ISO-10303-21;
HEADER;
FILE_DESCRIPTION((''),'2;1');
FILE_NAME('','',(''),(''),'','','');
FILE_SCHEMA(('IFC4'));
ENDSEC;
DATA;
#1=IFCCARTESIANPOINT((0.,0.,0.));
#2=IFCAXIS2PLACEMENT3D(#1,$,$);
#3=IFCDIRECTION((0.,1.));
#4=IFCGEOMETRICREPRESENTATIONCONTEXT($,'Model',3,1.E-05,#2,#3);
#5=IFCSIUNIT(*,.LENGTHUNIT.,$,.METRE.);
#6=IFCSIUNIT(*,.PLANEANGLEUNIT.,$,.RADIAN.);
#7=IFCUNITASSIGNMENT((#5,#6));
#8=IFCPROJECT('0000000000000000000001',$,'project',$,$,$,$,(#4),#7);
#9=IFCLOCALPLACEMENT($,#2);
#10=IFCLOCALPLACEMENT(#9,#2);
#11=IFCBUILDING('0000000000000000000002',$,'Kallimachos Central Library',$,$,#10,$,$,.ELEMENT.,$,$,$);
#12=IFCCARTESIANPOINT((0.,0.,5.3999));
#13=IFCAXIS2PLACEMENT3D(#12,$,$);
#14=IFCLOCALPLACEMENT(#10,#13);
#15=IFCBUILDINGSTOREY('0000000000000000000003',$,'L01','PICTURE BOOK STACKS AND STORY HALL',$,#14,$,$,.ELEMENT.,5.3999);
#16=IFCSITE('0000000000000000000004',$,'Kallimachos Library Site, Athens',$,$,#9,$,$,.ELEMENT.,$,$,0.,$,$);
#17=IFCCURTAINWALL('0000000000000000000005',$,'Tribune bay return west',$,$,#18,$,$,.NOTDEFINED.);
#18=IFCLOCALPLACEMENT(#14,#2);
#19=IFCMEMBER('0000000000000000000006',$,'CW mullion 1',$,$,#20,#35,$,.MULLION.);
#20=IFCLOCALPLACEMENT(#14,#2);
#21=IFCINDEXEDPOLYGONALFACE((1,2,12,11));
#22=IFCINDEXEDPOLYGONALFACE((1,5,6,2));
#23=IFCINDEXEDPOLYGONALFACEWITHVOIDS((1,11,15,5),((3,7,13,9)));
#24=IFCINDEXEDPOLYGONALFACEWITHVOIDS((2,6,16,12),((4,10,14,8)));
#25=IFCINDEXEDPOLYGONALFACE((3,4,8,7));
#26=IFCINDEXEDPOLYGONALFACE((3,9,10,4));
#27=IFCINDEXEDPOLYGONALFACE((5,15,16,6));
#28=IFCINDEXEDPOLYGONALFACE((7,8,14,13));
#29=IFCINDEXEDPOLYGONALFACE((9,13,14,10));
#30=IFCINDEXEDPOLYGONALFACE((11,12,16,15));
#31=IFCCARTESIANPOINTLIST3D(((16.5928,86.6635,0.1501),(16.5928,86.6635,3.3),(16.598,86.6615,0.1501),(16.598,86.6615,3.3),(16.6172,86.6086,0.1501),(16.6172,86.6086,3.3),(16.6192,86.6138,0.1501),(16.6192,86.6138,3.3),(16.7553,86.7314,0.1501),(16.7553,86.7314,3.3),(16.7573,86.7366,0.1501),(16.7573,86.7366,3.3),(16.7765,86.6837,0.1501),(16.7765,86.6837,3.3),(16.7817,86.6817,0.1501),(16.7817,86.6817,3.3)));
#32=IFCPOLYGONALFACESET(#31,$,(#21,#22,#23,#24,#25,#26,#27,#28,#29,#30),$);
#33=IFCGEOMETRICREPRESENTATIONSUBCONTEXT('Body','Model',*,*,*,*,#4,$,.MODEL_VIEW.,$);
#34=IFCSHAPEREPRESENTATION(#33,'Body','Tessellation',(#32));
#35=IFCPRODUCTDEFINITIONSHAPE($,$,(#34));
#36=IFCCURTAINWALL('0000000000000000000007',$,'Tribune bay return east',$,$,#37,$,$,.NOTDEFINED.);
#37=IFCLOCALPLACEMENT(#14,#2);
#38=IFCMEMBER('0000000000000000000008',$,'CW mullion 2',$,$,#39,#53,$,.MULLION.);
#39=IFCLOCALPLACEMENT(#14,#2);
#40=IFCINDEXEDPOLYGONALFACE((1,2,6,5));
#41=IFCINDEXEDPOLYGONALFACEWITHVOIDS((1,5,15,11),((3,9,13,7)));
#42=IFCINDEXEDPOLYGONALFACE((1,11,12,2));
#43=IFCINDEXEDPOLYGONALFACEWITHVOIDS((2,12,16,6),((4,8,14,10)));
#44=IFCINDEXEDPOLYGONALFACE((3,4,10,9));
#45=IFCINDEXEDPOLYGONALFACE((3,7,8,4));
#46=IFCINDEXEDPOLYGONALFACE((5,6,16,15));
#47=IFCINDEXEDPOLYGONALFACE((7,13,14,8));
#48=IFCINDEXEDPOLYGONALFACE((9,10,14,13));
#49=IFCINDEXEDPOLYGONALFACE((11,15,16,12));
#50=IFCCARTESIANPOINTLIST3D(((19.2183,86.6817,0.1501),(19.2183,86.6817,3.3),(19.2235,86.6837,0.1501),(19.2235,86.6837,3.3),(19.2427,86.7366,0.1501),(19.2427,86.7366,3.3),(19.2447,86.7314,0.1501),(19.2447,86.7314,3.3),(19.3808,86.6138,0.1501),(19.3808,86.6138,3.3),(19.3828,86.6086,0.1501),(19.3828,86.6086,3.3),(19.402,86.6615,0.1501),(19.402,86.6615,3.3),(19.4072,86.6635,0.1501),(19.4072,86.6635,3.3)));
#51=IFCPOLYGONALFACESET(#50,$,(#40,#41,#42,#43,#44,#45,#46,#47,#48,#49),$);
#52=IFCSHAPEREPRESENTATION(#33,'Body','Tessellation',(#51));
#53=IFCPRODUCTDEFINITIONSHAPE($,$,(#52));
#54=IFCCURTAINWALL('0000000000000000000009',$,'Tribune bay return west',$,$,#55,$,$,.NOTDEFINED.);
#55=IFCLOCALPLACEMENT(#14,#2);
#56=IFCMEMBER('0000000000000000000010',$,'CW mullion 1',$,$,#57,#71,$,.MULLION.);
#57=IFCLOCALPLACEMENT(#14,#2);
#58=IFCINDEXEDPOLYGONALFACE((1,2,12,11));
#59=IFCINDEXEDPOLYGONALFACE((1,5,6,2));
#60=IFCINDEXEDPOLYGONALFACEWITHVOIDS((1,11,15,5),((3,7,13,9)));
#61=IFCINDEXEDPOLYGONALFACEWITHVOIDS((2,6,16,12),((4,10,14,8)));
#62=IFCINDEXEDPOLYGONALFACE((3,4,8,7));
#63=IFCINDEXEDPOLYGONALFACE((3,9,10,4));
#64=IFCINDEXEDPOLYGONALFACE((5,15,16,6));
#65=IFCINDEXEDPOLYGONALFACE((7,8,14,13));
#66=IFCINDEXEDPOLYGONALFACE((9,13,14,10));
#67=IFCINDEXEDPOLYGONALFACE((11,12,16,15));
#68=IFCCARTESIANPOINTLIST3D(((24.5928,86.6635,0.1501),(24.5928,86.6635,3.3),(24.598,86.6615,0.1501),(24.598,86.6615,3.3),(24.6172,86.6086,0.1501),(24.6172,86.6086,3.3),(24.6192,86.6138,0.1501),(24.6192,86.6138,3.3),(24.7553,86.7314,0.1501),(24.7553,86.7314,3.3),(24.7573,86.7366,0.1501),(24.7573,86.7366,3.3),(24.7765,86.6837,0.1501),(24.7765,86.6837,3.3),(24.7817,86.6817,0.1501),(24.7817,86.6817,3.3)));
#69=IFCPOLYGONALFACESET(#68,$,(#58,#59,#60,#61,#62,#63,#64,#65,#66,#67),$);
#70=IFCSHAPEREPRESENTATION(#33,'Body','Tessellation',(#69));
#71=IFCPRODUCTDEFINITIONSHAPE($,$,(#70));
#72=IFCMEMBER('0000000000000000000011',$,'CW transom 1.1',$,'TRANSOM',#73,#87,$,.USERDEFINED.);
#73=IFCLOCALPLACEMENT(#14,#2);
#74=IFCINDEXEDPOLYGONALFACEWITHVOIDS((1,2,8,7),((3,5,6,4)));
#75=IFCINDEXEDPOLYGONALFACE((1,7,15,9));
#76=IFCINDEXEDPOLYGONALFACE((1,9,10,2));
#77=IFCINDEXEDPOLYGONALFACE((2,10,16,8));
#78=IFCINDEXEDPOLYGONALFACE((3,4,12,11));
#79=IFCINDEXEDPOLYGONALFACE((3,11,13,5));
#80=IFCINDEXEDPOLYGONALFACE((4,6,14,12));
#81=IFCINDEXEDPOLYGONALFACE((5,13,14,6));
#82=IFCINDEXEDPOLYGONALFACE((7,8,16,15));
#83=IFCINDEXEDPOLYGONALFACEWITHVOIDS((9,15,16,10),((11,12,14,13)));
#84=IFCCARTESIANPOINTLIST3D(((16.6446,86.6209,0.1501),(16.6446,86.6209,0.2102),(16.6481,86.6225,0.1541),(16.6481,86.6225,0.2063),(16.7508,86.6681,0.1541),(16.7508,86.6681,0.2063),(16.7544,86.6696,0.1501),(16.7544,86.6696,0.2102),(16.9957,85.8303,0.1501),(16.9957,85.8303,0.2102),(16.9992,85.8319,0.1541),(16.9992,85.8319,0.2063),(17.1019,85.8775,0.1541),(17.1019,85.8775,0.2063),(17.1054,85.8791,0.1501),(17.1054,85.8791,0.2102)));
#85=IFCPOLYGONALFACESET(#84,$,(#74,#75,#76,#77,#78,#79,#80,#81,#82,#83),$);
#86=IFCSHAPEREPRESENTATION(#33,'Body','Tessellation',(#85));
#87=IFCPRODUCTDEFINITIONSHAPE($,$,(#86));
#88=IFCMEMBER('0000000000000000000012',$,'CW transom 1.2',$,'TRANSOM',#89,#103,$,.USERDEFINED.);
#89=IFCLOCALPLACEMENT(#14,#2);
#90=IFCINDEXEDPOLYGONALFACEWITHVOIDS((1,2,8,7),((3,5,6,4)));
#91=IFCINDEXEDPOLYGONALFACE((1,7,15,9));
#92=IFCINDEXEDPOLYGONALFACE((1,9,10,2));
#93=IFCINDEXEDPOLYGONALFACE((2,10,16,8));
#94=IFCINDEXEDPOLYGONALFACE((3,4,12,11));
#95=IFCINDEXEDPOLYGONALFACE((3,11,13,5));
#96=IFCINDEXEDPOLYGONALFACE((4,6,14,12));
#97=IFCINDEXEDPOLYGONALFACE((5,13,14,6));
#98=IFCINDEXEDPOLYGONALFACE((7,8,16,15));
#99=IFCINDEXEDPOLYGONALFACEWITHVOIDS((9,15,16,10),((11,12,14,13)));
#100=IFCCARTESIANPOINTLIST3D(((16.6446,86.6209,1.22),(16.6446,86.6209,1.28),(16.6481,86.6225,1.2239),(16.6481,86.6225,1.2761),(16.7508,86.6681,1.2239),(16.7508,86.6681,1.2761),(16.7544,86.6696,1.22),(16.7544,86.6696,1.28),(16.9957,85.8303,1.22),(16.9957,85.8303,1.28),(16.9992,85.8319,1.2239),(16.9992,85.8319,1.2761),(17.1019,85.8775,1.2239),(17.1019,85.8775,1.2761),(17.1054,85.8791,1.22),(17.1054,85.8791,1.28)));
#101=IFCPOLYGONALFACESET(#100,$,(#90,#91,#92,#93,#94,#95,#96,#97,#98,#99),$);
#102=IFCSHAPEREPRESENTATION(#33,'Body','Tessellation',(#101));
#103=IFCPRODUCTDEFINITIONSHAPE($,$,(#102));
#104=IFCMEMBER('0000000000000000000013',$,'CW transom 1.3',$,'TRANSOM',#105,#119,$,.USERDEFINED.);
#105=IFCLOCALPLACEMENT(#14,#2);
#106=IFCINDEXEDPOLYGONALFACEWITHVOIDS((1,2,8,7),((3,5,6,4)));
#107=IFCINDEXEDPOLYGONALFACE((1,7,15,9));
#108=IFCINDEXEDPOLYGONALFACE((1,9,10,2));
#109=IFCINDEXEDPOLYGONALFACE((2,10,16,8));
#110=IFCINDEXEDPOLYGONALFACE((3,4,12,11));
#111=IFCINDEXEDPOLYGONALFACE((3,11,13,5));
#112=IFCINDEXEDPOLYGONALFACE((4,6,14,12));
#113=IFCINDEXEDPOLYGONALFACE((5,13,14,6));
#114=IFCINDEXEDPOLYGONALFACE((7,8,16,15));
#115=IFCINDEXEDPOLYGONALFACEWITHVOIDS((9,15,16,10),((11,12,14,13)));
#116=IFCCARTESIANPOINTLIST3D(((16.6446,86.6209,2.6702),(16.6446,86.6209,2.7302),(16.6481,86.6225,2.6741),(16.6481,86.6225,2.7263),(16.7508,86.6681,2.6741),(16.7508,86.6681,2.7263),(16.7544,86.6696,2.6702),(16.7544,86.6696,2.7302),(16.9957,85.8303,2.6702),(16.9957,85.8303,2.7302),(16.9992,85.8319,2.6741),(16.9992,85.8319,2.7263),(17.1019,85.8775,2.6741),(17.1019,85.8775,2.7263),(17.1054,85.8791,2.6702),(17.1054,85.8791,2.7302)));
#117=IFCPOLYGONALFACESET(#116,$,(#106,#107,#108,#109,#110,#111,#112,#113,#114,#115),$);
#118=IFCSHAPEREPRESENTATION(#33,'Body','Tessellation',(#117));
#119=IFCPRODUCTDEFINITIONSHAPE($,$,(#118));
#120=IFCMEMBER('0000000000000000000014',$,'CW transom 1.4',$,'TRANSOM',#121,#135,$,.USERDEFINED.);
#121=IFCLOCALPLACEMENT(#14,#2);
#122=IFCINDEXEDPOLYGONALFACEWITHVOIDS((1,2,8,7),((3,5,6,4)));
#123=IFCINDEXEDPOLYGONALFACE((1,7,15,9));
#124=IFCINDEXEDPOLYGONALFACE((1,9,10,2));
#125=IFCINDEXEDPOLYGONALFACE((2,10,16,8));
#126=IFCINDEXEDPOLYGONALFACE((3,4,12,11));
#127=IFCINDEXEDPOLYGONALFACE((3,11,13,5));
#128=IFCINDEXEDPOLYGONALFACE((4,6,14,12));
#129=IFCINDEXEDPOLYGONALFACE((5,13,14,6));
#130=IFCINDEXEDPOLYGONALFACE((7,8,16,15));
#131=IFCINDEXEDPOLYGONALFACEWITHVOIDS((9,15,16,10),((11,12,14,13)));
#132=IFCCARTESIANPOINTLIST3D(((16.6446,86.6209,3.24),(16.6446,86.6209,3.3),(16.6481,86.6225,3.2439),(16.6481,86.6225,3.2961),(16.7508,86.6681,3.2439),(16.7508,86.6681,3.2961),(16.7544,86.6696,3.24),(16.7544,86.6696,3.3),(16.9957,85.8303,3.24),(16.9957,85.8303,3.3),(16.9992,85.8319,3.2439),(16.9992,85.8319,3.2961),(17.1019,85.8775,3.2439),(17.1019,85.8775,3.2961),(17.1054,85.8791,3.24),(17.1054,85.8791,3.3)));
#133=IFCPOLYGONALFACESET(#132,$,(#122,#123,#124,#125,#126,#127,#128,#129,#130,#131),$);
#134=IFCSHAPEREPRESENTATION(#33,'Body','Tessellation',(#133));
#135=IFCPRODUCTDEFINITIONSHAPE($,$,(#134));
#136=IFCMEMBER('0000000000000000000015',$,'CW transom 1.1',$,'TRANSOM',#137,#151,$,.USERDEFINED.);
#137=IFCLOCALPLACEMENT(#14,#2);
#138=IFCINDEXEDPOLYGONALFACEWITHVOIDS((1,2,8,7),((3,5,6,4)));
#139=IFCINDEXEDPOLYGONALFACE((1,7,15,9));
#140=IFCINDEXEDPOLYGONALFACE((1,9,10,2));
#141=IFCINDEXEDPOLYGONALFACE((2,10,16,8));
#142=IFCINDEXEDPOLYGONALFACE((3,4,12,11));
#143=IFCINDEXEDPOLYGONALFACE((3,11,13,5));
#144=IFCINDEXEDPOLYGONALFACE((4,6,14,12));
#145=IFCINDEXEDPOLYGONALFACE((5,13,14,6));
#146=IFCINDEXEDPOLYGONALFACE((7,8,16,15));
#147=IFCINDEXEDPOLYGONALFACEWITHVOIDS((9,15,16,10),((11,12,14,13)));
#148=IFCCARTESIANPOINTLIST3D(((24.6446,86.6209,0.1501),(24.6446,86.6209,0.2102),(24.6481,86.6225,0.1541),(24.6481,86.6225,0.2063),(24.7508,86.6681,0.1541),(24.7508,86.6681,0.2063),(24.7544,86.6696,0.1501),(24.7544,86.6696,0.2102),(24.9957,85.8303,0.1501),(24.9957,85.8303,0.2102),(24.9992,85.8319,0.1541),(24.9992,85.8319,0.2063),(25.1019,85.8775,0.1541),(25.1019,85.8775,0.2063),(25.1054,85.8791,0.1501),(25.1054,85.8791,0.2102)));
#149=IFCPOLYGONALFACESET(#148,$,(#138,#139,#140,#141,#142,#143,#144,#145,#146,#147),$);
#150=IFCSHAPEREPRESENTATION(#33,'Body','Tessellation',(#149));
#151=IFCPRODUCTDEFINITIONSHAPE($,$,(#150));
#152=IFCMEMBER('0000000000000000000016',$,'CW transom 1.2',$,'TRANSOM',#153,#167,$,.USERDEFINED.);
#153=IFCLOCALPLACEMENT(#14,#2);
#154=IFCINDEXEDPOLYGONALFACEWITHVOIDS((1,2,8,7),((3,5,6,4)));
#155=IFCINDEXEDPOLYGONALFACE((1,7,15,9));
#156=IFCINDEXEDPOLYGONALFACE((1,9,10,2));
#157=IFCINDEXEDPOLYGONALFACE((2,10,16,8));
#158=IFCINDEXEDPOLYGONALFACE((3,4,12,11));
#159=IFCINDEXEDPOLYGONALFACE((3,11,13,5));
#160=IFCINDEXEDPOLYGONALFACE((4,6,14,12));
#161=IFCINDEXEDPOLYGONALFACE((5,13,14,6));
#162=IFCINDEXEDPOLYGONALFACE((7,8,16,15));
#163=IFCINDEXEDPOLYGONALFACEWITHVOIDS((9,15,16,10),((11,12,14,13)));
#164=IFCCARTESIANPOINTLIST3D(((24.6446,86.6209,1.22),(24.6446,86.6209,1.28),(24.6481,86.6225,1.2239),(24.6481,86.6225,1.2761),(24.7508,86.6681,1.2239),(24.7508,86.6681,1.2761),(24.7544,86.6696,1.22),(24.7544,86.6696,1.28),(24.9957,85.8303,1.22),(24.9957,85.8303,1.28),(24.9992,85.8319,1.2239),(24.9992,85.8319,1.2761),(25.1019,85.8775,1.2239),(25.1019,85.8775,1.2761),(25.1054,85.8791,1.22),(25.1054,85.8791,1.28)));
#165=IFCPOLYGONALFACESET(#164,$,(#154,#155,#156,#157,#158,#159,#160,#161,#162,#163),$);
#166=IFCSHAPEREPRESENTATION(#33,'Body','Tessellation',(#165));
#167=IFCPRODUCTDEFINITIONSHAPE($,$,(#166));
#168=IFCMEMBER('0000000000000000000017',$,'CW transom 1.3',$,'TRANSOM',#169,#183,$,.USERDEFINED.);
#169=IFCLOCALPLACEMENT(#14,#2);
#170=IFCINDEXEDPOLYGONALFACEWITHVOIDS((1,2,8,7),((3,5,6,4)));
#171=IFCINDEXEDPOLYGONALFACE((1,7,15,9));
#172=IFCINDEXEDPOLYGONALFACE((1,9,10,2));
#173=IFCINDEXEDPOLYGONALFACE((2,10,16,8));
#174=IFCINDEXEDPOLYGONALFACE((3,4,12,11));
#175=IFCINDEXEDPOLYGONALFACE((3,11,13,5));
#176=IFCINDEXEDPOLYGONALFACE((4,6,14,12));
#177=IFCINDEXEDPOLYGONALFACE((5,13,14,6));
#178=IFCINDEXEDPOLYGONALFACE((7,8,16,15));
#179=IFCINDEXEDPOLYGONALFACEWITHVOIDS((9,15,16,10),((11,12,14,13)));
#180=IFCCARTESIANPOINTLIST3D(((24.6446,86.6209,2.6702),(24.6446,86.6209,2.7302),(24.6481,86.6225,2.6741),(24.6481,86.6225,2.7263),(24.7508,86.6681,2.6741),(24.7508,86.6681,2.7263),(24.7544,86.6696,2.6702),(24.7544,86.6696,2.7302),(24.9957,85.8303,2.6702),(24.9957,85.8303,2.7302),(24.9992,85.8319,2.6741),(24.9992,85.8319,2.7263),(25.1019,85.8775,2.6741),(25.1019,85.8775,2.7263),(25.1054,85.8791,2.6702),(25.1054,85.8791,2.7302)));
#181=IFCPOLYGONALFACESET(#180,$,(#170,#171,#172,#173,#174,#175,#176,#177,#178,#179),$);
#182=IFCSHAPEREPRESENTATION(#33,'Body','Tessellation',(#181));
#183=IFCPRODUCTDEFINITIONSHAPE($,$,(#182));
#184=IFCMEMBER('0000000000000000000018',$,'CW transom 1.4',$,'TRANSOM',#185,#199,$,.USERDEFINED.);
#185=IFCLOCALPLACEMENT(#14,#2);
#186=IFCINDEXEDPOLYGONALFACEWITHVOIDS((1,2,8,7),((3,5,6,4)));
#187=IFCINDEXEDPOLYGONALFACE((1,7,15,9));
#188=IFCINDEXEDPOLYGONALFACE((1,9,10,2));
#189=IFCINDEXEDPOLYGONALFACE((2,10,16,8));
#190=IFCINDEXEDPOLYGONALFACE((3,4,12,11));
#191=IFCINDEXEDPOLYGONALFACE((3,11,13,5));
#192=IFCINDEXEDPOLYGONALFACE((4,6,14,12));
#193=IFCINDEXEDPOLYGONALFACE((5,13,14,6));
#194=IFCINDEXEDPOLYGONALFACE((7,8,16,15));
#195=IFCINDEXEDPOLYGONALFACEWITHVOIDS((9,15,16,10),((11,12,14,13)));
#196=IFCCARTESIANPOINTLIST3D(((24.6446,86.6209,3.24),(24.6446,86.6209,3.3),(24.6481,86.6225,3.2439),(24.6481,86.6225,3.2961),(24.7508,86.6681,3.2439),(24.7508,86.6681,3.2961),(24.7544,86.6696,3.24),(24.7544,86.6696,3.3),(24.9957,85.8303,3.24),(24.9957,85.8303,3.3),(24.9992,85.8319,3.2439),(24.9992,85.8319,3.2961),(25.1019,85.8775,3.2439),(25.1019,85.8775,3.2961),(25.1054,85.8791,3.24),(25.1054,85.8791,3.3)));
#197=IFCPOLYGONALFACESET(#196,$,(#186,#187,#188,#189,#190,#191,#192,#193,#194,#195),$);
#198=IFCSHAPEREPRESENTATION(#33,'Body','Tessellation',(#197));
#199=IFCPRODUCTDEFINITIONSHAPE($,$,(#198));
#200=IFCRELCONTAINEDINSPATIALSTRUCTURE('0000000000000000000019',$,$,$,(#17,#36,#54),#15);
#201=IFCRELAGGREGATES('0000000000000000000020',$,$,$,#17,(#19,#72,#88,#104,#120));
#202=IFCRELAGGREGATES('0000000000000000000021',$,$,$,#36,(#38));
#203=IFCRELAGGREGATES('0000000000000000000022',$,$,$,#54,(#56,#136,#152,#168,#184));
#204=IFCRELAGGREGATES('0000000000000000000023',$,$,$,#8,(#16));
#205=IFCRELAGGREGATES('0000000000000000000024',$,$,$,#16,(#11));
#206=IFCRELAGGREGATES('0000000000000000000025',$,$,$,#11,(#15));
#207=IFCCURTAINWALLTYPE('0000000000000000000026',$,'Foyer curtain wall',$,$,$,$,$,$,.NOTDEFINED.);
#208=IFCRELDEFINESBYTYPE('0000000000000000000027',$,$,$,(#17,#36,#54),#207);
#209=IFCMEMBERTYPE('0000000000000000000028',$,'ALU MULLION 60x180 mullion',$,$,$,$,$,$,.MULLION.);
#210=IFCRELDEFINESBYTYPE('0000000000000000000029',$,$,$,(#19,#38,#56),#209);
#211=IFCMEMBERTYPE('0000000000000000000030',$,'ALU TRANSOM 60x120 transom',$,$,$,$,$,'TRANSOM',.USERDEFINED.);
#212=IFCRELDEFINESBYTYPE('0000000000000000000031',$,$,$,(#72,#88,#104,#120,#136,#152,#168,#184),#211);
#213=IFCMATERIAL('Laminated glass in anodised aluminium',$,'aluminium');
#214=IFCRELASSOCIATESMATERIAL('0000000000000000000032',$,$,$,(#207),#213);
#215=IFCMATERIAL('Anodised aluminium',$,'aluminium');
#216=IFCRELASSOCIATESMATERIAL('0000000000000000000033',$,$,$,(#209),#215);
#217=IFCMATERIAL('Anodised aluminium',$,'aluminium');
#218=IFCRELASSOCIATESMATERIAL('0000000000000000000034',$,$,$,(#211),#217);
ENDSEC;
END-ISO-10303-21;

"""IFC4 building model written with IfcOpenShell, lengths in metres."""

from ifc_helpers import new_model, si_unit, direction, frame, origin, origin_2d, place, context, subcontext, project, spatial, hollow_rectangle, extrude, material, material_profile, profile_set, type_object, element, aggregate, save


model = new_model("IFC4")

# Units and contexts
model_context = context("Model", 3, precision=1e-05, world=origin(), true_north=direction((0.0, 1.0)))
body_context = subcontext(model_context, "Body", "Model", "MODEL_VIEW")
ifc_project = project(units=[si_unit("LENGTHUNIT", "METRE"), si_unit("PLANEANGLEUNIT", "RADIAN")], contexts=[model_context])

# Site, building, storey
site_placement = place(None, origin())
site = spatial("IfcSite", under=ifc_project, at=site_placement, Name="Kallimachos Library Site, Athens", CompositionType="ELEMENT", RefElevation=0.0)
building_placement = place(site_placement, origin())
building = spatial("IfcBuilding", under=site, at=building_placement, Name="Kallimachos Central Library", CompositionType="ELEMENT")
storey_placement = place(building_placement, frame((0.0, 0.0, 5.3999)))
storey = spatial("IfcBuildingStorey", under=building, at=storey_placement, Name="L01", Description="PICTURE BOOK STACKS AND STORY HALL", CompositionType="ELEMENT", Elevation=5.3999)

# Curtain walls, members
ifc_material_1 = material(Name="Laminated glass in anodised aluminium", Category="aluminium")
curtain_wall_type = type_object("IfcCurtainWallType", Name="Foyer curtain wall", PredefinedType="NOTDEFINED", material=ifc_material_1)
curtain_wall_1_placement = place(storey_placement, origin())
curtain_wall_1 = element("IfcCurtainWall", 1, at=curtain_wall_1_placement, inside=storey, type_object=curtain_wall_type, Name="Tribune bay return west", PredefinedType="NOTDEFINED")
ifc_material_2 = material(Name="Anodised aluminium", Category="aluminium")
ifc_material_profile_1 = material_profile(ifc_material_2, hollow_rectangle(XDim=0.0601, YDim=0.1799, WallThickness=0.0039, at=origin_2d()), Name="ALU MULLION 60x180")
ifc_profile_set_1 = profile_set([ifc_material_profile_1], Name="Anodised aluminium")
member_type_1 = type_object("IfcMemberType", Name="ALU MULLION 60x180 mullion", PredefinedType="MULLION", material=ifc_profile_set_1)
member_1_placement = place(storey_placement, frame((16.6873, 86.6726, 0.1501), z_axis=(0.0, 0.0, 1.0), x_axis=(0.406138, -0.913812, 0.0)))
member_1 = element("IfcMember", 2, at=member_1_placement, type_object=member_type_1, Name="CW mullion 1", PredefinedType="MULLION", context=body_context, shape_type="SweptSolid", body=[
    extrude(hollow_rectangle(XDim=0.0601, YDim=0.1799, WallThickness=0.0039, at=origin_2d()), origin(), (0.0, 0.0, 1.0), 3.1499),
])
curtain_wall_2_placement = place(storey_placement, origin())
curtain_wall_2 = element("IfcCurtainWall", 3, at=curtain_wall_2_placement, inside=storey, type_object=curtain_wall_type, Name="Tribune bay return east", PredefinedType="NOTDEFINED")
member_2_placement = place(storey_placement, frame((19.3127, 86.6726, 0.1501), z_axis=(0.0, 0.0, 1.0), x_axis=(0.406138, 0.913812, 0.0)))
member_2 = element("IfcMember", 4, at=member_2_placement, type_object=member_type_1, Name="CW mullion 2", PredefinedType="MULLION", context=body_context, shape_type="SweptSolid", body=[
    extrude(hollow_rectangle(XDim=0.0601, YDim=0.1799, WallThickness=0.0039, at=origin_2d()), origin(), (0.0, 0.0, 1.0), 3.1499),
])
curtain_wall_3_placement = place(storey_placement, origin())
curtain_wall_3 = element("IfcCurtainWall", 5, at=curtain_wall_3_placement, inside=storey, type_object=curtain_wall_type, Name="Tribune bay return west", PredefinedType="NOTDEFINED")
member_3_placement = place(storey_placement, frame((24.6873, 86.6726, 0.1501), z_axis=(0.0, 0.0, 1.0), x_axis=(0.406138, -0.913812, 0.0)))
member_3 = element("IfcMember", 6, at=member_3_placement, type_object=member_type_1, Name="CW mullion 1", PredefinedType="MULLION", context=body_context, shape_type="SweptSolid", body=[
    extrude(hollow_rectangle(XDim=0.0601, YDim=0.1799, WallThickness=0.0039, at=origin_2d()), origin(), (0.0, 0.0, 1.0), 3.1499),
])

# Members
ifc_material_3 = material(Name="Anodised aluminium", Category="aluminium")
ifc_material_profile_2 = material_profile(ifc_material_3, hollow_rectangle(XDim=0.0601, YDim=0.1201, WallThickness=0.0039, at=origin_2d()), Name="ALU TRANSOM 60x120")
ifc_profile_set_2 = profile_set([ifc_material_profile_2], Name="Anodised aluminium")
member_type_2 = type_object("IfcMemberType", Name="ALU TRANSOM 60x120 transom", ElementType="TRANSOM", PredefinedType="USERDEFINED", material=ifc_profile_set_2)
member_4_placement = place(storey_placement, frame((16.6995, 86.6453, 0.1802), z_axis=(0.405877, -0.913928, 0.0), x_axis=(0.0, 0.0, 1.0)))
member_4 = element("IfcMember", 7, at=member_4_placement, type_object=member_type_2, Name="CW transom 1.1", ObjectType="TRANSOM", PredefinedType="USERDEFINED", context=body_context, shape_type="SweptSolid", body=[
    extrude(hollow_rectangle(XDim=0.0601, YDim=0.1201, WallThickness=0.0039, at=origin_2d()), origin(), (0.0, 0.0, 1.0), 0.865),
])
member_5_placement = place(storey_placement, frame((16.6995, 86.6453, 1.25), z_axis=(0.405877, -0.913928, 0.0), x_axis=(0.0, 0.0, 1.0)))
member_5 = element("IfcMember", 8, at=member_5_placement, type_object=member_type_2, Name="CW transom 1.2", ObjectType="TRANSOM", PredefinedType="USERDEFINED", context=body_context, shape_type="SweptSolid", body=[
    extrude(hollow_rectangle(XDim=0.0601, YDim=0.1201, WallThickness=0.0039, at=origin_2d()), origin(), (0.0, 0.0, 1.0), 0.865),
])
member_6_placement = place(storey_placement, frame((16.6995, 86.6453, 2.7002), z_axis=(0.405877, -0.913928, 0.0), x_axis=(0.0, 0.0, 1.0)))
member_6 = element("IfcMember", 9, at=member_6_placement, type_object=member_type_2, Name="CW transom 1.3", ObjectType="TRANSOM", PredefinedType="USERDEFINED", context=body_context, shape_type="SweptSolid", body=[
    extrude(hollow_rectangle(XDim=0.0601, YDim=0.1201, WallThickness=0.0039, at=origin_2d()), origin(), (0.0, 0.0, 1.0), 0.865),
])
member_7_placement = place(storey_placement, frame((16.6995, 86.6453, 3.27), z_axis=(0.405877, -0.913928, 0.0), x_axis=(0.0, 0.0, 1.0)))
member_7 = element("IfcMember", 10, at=member_7_placement, type_object=member_type_2, Name="CW transom 1.4", ObjectType="TRANSOM", PredefinedType="USERDEFINED", context=body_context, shape_type="SweptSolid", body=[
    extrude(hollow_rectangle(XDim=0.0601, YDim=0.1201, WallThickness=0.0039, at=origin_2d()), origin(), (0.0, 0.0, 1.0), 0.865),
])
aggregate(curtain_wall_1, [member_1, member_4, member_5, member_6, member_7])
member_8_placement = place(storey_placement, frame((24.6995, 86.6453, 0.1802), z_axis=(0.405877, -0.913928, 0.0), x_axis=(0.0, 0.0, 1.0)))
member_8 = element("IfcMember", 11, at=member_8_placement, type_object=member_type_2, Name="CW transom 1.1", ObjectType="TRANSOM", PredefinedType="USERDEFINED", context=body_context, shape_type="SweptSolid", body=[
    extrude(hollow_rectangle(XDim=0.0601, YDim=0.1201, WallThickness=0.0039, at=origin_2d()), origin(), (0.0, 0.0, 1.0), 0.865),
])
member_9_placement = place(storey_placement, frame((24.6995, 86.6453, 1.25), z_axis=(0.405877, -0.913928, 0.0), x_axis=(0.0, 0.0, 1.0)))
member_9 = element("IfcMember", 12, at=member_9_placement, type_object=member_type_2, Name="CW transom 1.2", ObjectType="TRANSOM", PredefinedType="USERDEFINED", context=body_context, shape_type="SweptSolid", body=[
    extrude(hollow_rectangle(XDim=0.0601, YDim=0.1201, WallThickness=0.0039, at=origin_2d()), origin(), (0.0, 0.0, 1.0), 0.865),
])
member_10_placement = place(storey_placement, frame((24.6995, 86.6453, 2.7002), z_axis=(0.405877, -0.913928, 0.0), x_axis=(0.0, 0.0, 1.0)))
member_10 = element("IfcMember", 13, at=member_10_placement, type_object=member_type_2, Name="CW transom 1.3", ObjectType="TRANSOM", PredefinedType="USERDEFINED", context=body_context, shape_type="SweptSolid", body=[
    extrude(hollow_rectangle(XDim=0.0601, YDim=0.1201, WallThickness=0.0039, at=origin_2d()), origin(), (0.0, 0.0, 1.0), 0.865),
])
member_11_placement = place(storey_placement, frame((24.6995, 86.6453, 3.27), z_axis=(0.405877, -0.913928, 0.0), x_axis=(0.0, 0.0, 1.0)))
member_11 = element("IfcMember", 14, at=member_11_placement, type_object=member_type_2, Name="CW transom 1.4", ObjectType="TRANSOM", PredefinedType="USERDEFINED", context=body_context, shape_type="SweptSolid", body=[
    extrude(hollow_rectangle(XDim=0.0601, YDim=0.1201, WallThickness=0.0039, at=origin_2d()), origin(), (0.0, 0.0, 1.0), 0.865),
])

aggregate(curtain_wall_2, [member_2])
aggregate(curtain_wall_3, [member_3, member_8, member_9, member_10, member_11])

save(model, "model.ifc")
